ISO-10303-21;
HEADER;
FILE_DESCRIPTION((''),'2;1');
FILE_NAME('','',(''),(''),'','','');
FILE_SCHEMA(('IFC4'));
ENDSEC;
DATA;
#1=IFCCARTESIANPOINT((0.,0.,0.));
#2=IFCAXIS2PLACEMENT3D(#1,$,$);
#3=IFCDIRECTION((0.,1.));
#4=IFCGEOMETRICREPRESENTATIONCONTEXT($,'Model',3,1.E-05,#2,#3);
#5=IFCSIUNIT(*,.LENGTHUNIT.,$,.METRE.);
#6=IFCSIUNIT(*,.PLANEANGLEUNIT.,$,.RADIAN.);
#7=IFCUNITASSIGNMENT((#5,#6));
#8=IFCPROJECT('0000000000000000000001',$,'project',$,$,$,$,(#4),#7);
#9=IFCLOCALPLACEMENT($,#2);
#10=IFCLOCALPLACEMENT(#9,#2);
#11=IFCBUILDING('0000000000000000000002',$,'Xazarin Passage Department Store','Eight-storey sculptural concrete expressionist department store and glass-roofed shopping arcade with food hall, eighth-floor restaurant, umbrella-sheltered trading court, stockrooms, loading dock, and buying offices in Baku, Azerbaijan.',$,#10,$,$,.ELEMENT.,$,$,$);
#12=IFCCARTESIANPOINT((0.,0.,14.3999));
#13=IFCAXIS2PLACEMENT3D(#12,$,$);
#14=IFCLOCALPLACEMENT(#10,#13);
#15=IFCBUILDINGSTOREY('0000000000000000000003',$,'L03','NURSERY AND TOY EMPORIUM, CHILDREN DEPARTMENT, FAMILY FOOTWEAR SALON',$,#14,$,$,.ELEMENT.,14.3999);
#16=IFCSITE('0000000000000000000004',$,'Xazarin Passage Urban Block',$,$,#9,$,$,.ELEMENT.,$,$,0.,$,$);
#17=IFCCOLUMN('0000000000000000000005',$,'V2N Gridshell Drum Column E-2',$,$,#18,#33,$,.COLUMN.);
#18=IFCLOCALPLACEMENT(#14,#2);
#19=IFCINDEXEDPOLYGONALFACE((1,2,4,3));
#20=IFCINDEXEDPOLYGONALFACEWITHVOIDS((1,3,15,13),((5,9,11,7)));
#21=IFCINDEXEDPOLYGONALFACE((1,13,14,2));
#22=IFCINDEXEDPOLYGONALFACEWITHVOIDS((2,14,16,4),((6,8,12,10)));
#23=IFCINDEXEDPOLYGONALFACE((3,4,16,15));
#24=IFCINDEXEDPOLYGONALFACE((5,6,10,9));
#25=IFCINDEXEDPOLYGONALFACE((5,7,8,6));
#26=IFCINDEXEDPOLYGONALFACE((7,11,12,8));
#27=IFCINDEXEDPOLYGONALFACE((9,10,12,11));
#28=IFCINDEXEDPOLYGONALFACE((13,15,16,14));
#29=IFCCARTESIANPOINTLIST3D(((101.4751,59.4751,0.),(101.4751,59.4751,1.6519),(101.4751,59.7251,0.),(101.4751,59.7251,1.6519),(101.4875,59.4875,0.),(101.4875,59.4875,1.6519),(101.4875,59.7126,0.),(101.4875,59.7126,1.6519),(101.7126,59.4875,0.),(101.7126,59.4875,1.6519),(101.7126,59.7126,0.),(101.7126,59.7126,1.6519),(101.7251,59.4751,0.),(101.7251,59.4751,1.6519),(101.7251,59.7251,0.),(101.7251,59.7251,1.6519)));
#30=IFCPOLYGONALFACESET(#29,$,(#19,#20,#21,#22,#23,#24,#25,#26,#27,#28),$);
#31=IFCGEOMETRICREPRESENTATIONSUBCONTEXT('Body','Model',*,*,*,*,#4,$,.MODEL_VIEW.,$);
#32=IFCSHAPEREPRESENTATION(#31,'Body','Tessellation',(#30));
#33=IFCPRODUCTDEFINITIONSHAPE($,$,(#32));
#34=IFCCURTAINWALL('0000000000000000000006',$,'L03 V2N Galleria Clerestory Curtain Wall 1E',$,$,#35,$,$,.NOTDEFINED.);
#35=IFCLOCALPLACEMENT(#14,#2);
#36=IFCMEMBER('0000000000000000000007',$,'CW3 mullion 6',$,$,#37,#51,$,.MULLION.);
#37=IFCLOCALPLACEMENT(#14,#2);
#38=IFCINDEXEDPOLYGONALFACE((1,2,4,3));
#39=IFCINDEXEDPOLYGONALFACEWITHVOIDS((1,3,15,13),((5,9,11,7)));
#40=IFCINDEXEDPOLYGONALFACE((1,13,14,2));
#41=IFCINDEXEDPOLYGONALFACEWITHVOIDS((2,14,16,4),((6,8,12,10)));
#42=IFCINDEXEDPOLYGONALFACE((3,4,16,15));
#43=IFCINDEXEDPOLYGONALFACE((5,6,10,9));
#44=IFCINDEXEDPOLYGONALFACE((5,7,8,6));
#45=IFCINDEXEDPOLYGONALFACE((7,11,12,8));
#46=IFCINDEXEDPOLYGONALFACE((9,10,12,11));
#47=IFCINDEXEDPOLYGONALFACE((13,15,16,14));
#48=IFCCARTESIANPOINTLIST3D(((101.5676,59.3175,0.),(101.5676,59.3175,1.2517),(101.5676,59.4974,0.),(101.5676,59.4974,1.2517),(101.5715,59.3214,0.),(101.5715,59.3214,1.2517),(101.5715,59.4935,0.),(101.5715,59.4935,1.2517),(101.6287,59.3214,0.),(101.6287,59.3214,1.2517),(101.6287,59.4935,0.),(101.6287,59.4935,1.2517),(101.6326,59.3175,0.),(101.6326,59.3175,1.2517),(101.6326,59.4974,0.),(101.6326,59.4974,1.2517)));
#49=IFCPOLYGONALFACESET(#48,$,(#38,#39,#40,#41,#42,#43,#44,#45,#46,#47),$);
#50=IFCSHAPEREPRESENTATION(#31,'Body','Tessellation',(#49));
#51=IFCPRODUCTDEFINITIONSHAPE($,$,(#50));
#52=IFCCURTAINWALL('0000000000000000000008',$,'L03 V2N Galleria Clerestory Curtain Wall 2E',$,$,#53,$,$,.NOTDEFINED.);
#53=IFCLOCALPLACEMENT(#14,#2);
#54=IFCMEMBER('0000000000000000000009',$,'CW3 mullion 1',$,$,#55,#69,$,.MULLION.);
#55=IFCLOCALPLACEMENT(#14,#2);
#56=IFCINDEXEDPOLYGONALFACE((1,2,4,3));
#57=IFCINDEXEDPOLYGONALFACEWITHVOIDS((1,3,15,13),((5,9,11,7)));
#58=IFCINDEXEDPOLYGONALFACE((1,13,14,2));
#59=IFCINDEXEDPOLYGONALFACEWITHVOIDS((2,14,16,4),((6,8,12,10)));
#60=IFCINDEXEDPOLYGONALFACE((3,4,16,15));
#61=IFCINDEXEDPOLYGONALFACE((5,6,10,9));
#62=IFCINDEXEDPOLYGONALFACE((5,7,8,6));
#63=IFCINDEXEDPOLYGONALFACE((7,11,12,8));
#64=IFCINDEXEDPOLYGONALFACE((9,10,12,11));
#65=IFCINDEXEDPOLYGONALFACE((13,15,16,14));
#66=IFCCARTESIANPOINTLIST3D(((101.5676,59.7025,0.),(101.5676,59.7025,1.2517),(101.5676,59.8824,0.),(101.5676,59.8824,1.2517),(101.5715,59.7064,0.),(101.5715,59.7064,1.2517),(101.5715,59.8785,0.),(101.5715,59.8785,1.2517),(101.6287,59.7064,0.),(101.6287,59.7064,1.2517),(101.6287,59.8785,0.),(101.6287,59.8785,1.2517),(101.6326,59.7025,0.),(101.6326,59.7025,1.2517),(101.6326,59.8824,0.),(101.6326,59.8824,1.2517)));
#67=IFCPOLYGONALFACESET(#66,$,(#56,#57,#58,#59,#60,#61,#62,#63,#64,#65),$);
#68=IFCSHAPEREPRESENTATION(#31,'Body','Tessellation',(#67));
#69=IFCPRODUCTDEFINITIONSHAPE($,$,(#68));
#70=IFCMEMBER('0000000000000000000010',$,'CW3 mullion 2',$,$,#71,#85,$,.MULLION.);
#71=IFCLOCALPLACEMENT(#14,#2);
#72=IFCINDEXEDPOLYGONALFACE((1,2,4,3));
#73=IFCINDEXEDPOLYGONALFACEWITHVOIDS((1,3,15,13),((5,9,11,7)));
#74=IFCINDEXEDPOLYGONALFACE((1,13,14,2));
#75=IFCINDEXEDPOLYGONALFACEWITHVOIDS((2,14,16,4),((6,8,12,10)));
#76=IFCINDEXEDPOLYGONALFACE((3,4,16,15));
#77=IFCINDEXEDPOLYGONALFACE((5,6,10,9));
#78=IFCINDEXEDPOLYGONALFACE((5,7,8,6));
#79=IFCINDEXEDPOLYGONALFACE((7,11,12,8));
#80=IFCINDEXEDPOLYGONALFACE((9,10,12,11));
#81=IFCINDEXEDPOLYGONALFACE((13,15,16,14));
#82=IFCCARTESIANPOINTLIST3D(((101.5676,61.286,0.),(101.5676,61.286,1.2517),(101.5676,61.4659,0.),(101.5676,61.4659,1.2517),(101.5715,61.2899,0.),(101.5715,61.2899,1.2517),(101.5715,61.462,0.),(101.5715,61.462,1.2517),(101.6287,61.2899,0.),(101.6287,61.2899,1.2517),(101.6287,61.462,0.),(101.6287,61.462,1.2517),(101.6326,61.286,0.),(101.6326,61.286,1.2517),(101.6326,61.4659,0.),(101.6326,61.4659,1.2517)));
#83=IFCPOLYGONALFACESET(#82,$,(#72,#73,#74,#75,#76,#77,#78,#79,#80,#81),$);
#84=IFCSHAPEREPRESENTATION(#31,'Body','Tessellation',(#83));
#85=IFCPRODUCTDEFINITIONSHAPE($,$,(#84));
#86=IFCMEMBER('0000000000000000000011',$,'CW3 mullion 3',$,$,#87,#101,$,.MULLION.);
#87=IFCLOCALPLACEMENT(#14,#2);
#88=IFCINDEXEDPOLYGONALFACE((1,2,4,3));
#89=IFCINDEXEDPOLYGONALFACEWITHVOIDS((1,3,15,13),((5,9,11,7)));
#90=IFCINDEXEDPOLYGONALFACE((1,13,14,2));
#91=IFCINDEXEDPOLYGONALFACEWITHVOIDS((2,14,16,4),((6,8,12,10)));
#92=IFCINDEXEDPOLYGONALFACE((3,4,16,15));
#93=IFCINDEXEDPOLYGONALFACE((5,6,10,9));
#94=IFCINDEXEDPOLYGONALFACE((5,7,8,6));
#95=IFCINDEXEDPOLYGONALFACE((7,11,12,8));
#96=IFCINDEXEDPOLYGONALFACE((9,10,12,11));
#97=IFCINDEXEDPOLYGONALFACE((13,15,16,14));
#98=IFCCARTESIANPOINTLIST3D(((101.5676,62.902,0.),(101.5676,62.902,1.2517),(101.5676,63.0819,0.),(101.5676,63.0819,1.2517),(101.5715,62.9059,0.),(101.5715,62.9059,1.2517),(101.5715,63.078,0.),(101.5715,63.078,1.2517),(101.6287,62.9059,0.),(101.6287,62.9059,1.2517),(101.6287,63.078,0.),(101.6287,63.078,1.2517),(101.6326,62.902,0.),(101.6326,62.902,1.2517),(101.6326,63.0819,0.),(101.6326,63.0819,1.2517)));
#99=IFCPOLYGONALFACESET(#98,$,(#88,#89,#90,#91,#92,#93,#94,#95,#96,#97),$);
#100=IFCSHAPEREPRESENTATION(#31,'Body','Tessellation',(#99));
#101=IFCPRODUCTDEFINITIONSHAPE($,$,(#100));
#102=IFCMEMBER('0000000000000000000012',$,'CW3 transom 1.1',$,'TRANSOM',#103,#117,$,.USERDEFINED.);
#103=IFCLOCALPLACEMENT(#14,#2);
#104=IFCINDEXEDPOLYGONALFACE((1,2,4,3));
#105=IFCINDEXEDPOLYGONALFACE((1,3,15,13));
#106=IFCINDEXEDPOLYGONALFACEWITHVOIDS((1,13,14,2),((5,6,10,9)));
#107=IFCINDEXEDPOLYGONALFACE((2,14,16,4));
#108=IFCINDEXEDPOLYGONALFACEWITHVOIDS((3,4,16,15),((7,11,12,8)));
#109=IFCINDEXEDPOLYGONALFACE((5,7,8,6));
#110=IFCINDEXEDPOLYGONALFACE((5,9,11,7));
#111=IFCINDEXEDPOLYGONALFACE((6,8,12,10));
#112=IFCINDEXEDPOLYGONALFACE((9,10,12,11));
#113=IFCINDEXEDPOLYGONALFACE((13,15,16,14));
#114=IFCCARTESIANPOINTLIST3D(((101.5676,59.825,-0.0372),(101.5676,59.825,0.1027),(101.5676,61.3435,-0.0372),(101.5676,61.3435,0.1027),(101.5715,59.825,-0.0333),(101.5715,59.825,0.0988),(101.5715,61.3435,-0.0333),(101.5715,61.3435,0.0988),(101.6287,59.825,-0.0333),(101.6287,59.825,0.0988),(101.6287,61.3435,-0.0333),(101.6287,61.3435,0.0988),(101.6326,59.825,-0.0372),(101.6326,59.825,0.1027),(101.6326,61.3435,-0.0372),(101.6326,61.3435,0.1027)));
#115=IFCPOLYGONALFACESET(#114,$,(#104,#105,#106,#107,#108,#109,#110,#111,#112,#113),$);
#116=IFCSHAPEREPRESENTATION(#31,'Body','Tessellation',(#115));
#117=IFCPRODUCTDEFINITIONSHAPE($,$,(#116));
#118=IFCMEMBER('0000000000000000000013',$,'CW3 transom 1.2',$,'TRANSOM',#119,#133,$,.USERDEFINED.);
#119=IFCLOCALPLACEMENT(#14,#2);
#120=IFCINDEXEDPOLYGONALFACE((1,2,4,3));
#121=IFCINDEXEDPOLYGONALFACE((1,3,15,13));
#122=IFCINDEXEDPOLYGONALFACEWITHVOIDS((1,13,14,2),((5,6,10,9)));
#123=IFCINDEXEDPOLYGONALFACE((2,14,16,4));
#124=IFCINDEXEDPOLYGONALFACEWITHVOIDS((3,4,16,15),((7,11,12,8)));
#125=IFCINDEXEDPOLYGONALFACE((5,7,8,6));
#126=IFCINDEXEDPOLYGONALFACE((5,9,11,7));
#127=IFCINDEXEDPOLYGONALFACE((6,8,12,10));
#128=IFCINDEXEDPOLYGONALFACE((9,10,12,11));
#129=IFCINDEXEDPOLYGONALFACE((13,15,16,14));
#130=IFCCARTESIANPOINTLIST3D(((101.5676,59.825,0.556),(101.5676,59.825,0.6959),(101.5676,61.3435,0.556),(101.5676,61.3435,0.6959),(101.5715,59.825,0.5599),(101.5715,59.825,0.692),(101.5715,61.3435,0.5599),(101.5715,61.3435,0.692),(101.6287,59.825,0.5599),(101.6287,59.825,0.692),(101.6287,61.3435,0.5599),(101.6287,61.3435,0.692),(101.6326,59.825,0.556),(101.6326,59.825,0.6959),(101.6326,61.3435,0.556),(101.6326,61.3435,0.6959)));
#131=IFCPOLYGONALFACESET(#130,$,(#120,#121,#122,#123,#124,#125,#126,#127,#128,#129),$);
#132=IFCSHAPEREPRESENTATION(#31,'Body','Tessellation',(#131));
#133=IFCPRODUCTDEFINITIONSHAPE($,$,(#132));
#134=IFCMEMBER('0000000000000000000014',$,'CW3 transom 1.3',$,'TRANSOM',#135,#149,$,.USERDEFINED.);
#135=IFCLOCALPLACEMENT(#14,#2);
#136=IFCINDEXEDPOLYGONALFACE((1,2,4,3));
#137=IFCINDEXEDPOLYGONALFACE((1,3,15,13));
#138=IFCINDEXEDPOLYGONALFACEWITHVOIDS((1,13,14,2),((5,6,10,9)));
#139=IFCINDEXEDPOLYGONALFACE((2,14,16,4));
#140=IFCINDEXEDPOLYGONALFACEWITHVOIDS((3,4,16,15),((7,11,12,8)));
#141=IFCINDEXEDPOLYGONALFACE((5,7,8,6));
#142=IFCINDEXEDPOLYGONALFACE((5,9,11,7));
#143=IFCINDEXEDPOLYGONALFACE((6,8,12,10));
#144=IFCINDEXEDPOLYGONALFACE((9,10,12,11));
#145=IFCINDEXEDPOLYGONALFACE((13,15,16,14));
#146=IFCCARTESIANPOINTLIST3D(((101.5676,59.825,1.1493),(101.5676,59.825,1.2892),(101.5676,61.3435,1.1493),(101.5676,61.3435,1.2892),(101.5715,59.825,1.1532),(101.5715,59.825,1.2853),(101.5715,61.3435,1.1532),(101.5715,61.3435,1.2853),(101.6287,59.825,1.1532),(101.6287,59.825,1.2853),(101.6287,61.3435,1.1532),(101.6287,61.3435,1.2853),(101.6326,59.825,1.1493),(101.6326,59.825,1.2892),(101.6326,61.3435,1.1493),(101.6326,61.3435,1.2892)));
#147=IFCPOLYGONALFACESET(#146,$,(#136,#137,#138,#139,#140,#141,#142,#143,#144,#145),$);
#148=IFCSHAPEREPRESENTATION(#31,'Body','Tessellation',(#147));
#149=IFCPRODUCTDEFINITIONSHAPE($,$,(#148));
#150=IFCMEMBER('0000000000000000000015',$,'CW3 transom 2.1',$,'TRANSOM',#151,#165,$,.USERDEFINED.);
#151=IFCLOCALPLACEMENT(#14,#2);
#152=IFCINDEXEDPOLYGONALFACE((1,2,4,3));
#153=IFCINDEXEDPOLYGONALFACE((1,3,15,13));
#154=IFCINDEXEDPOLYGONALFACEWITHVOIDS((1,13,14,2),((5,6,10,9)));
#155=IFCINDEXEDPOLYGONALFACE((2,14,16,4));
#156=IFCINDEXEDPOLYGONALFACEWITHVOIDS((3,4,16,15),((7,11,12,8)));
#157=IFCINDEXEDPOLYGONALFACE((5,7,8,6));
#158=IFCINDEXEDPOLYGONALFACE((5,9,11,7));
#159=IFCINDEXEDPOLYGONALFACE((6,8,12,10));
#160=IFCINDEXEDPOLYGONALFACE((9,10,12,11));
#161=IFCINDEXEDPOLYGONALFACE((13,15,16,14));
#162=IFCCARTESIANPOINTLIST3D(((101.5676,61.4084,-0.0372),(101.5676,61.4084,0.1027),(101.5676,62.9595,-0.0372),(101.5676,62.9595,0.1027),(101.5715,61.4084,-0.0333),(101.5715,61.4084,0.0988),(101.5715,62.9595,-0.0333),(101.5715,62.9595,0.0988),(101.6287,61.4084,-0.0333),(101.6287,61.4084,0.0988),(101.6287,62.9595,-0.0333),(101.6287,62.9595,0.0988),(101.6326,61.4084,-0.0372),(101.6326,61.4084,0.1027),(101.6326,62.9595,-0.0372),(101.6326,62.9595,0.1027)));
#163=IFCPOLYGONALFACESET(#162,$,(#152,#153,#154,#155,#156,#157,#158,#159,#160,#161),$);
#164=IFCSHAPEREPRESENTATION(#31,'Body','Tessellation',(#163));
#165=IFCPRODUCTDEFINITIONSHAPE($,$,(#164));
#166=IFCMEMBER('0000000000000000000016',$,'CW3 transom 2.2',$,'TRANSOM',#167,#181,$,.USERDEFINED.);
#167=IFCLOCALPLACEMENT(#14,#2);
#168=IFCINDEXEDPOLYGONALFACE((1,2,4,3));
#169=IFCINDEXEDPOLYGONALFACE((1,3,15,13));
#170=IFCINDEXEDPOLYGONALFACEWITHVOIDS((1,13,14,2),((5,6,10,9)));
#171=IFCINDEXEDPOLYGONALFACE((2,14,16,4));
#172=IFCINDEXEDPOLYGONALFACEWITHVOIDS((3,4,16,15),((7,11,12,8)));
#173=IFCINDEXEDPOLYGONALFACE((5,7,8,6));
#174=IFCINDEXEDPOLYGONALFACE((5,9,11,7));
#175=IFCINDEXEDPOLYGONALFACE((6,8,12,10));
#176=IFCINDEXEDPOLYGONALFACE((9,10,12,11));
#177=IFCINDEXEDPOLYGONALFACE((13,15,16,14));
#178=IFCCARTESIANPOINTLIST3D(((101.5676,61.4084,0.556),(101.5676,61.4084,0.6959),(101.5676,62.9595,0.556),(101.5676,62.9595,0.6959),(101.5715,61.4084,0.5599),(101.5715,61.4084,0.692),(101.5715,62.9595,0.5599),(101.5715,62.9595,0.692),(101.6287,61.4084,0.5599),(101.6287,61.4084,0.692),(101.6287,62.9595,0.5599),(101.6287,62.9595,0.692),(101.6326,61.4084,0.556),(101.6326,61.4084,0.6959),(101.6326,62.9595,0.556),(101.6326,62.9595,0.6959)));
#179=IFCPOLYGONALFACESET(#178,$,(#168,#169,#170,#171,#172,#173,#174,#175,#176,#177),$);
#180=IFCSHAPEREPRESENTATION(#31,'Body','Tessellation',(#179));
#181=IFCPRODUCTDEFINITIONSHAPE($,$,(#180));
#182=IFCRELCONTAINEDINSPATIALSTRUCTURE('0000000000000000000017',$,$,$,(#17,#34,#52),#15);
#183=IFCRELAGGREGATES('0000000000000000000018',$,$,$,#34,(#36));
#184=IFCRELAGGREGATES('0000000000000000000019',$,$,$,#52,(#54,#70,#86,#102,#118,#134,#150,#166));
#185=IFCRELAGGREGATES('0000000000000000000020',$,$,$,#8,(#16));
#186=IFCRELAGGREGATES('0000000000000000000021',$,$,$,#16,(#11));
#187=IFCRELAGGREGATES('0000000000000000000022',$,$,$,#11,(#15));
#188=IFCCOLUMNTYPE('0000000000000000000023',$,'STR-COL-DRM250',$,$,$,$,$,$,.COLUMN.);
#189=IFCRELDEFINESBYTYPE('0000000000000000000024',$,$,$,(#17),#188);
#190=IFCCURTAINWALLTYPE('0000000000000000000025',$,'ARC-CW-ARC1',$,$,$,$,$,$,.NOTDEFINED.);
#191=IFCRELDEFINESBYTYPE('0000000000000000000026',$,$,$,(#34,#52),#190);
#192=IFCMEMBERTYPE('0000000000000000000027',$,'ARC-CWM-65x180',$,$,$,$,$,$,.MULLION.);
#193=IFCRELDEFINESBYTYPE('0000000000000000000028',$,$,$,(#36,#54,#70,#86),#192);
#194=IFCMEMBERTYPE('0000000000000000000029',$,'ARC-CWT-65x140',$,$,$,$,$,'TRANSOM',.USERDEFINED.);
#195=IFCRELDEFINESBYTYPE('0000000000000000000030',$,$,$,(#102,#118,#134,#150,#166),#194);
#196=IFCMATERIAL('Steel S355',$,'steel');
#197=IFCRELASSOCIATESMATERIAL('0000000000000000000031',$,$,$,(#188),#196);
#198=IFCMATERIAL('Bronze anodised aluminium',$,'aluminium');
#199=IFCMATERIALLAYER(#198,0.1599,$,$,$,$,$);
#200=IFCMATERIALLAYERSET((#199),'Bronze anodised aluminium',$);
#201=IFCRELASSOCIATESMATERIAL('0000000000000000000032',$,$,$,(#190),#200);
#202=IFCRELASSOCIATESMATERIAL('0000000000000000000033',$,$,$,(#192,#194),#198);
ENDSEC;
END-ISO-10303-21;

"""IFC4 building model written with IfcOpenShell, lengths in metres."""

from ifc_helpers import new_model, si_unit, direction, frame, origin, origin_2d, place, context, subcontext, project, spatial, hollow_rectangle, extrude, material, layer, layer_set, material_profile, profile_set, type_object, element, aggregate, save


model = new_model("IFC4")

# Units and contexts
model_context = context("Model", 3, precision=1e-05, world=origin(), true_north=direction((0.0, 1.0)))
body_context = subcontext(model_context, "Body", "Model", "MODEL_VIEW")
ifc_project = project(units=[si_unit("LENGTHUNIT", "METRE"), si_unit("PLANEANGLEUNIT", "RADIAN")], contexts=[model_context])

# Site, building, storey
site_placement = place(None, origin())
site = spatial("IfcSite", under=ifc_project, at=site_placement, Name="Xazarin Passage Urban Block", CompositionType="ELEMENT", RefElevation=0.0)
building_placement = place(site_placement, origin())
building = spatial("IfcBuilding", under=site, at=building_placement, Name="Xazarin Passage Department Store", Description="Eight-storey sculptural concrete expressionist department store and glass-roofed shopping arcade with food hall, eighth-floor restaurant, umbrella-sheltered trading court, stockrooms, loading dock, and buying offices in Baku, Azerbaijan.", CompositionType="ELEMENT")
storey_placement = place(building_placement, frame((0.0, 0.0, 14.3999)))
storey = spatial("IfcBuildingStorey", under=building, at=storey_placement, Name="L03", Description="NURSERY AND TOY EMPORIUM, CHILDREN DEPARTMENT, FAMILY FOOTWEAR SALON", CompositionType="ELEMENT", Elevation=14.3999)

# Column
ifc_material_1 = material(Name="Steel S355", Category="steel")
ifc_material_profile_1 = material_profile(ifc_material_1, hollow_rectangle(XDim=0.25, YDim=0.25, WallThickness=0.0125, at=origin_2d()), Name="SHS 250x250x12.5")
ifc_profile_set_1 = profile_set([ifc_material_profile_1], Name="Steel S355")
column_type = type_object("IfcColumnType", Name="STR-COL-DRM250", PredefinedType="COLUMN", material=ifc_profile_set_1)
column_placement = place(storey_placement, frame((101.6001, 59.6001, 0.0), z_axis=(0.0, 0.0, 1.0), x_axis=(1.0, 0.0, 0.0)))
element("IfcColumn", 1, at=column_placement, inside=storey, type_object=column_type, Name="V2N Gridshell Drum Column E-2", PredefinedType="COLUMN", context=body_context, shape_type="SweptSolid", body=[
    extrude(hollow_rectangle(XDim=0.25, YDim=0.25, WallThickness=0.0125, at=origin_2d()), origin(), (0.0, 0.0, 1.0), 1.6519),
])

# Curtain wall, member
ifc_material_2 = material(Name="Bronze anodised aluminium", Category="aluminium")
ifc_layer_1 = layer(ifc_material_2, 0.1599)
ifc_layer_set_1 = layer_set([ifc_layer_1], Name="Bronze anodised aluminium")
curtain_wall_type = type_object("IfcCurtainWallType", Name="ARC-CW-ARC1", PredefinedType="NOTDEFINED", material=ifc_layer_set_1)
curtain_wall_1_placement = place(storey_placement, origin())
curtain_wall_1 = element("IfcCurtainWall", 2, at=curtain_wall_1_placement, inside=storey, type_object=curtain_wall_type, Name="L03 V2N Galleria Clerestory Curtain Wall 1E", PredefinedType="NOTDEFINED")
ifc_material_profile_2 = material_profile(ifc_material_2, hollow_rectangle(XDim=0.0649, YDim=0.1799, WallThickness=0.0039, at=origin_2d()), Name="ALU 65x180")
ifc_profile_set_2 = profile_set([ifc_material_profile_2], Name="Bronze anodised aluminium")
member_type_1 = type_object("IfcMemberType", Name="ARC-CWM-65x180", PredefinedType="MULLION", material=ifc_profile_set_2)
member_1_placement = place(storey_placement, frame((101.6001, 59.4075, 0.0), z_axis=(0.0, 0.0, 1.0), x_axis=(-1.0, 0.0, 0.0)))
member_1 = element("IfcMember", 3, at=member_1_placement, type_object=member_type_1, Name="CW3 mullion 6", PredefinedType="MULLION", context=body_context, shape_type="SweptSolid", body=[
    extrude(hollow_rectangle(XDim=0.0649, YDim=0.1799, WallThickness=0.0039, at=origin_2d()), origin(), (0.0, 0.0, 1.0), 1.2517),
])

# Curtain wall, members
curtain_wall_2_placement = place(storey_placement, origin())
curtain_wall_2 = element("IfcCurtainWall", 4, at=curtain_wall_2_placement, inside=storey, type_object=curtain_wall_type, Name="L03 V2N Galleria Clerestory Curtain Wall 2E", PredefinedType="NOTDEFINED")
member_2_placement = place(storey_placement, frame((101.6001, 59.7925, 0.0), z_axis=(0.0, 0.0, 1.0), x_axis=(-1.0, 0.0, 0.0)))
member_2 = element("IfcMember", 5, at=member_2_placement, type_object=member_type_1, Name="CW3 mullion 1", PredefinedType="MULLION", context=body_context, shape_type="SweptSolid", body=[
    extrude(hollow_rectangle(XDim=0.0649, YDim=0.1799, WallThickness=0.0039, at=origin_2d()), origin(), (0.0, 0.0, 1.0), 1.2517),
])
member_3_placement = place(storey_placement, frame((101.6001, 61.376, 0.0), z_axis=(0.0, 0.0, 1.0), x_axis=(-1.0, 0.0, 0.0)))
member_3 = element("IfcMember", 6, at=member_3_placement, type_object=member_type_1, Name="CW3 mullion 2", PredefinedType="MULLION", context=body_context, shape_type="SweptSolid", body=[
    extrude(hollow_rectangle(XDim=0.0649, YDim=0.1799, WallThickness=0.0039, at=origin_2d()), origin(), (0.0, 0.0, 1.0), 1.2517),
])
member_4_placement = place(storey_placement, frame((101.6001, 62.9919, 0.0), z_axis=(0.0, 0.0, 1.0), x_axis=(-1.0, 0.0, 0.0)))
member_4 = element("IfcMember", 7, at=member_4_placement, type_object=member_type_1, Name="CW3 mullion 3", PredefinedType="MULLION", context=body_context, shape_type="SweptSolid", body=[
    extrude(hollow_rectangle(XDim=0.0649, YDim=0.1799, WallThickness=0.0039, at=origin_2d()), origin(), (0.0, 0.0, 1.0), 1.2517),
])
ifc_material_profile_3 = material_profile(ifc_material_2, hollow_rectangle(XDim=0.0649, YDim=0.1399, WallThickness=0.0039, at=origin_2d()), Name="ALU 65x140")
ifc_profile_set_3 = profile_set([ifc_material_profile_3], Name="Bronze anodised aluminium")
member_type_2 = type_object("IfcMemberType", Name="ARC-CWT-65x140", ElementType="TRANSOM", PredefinedType="USERDEFINED", material=ifc_profile_set_3)
member_5_placement = place(storey_placement, frame((101.6001, 59.825, 0.0327), z_axis=(0.0, 1.0, 0.0), x_axis=(-1.0, 0.0, 0.0)))
member_5 = element("IfcMember", 8, at=member_5_placement, type_object=member_type_2, Name="CW3 transom 1.1", ObjectType="TRANSOM", PredefinedType="USERDEFINED", context=body_context, shape_type="SweptSolid", body=[
    extrude(hollow_rectangle(XDim=0.0649, YDim=0.1399, WallThickness=0.0039, at=origin_2d()), origin(), (0.0, 0.0, 1.0), 1.5186),
])
member_6_placement = place(storey_placement, frame((101.6001, 59.825, 0.626), z_axis=(0.0, 1.0, 0.0), x_axis=(-1.0, 0.0, 0.0)))
member_6 = element("IfcMember", 9, at=member_6_placement, type_object=member_type_2, Name="CW3 transom 1.2", ObjectType="TRANSOM", PredefinedType="USERDEFINED", context=body_context, shape_type="SweptSolid", body=[
    extrude(hollow_rectangle(XDim=0.0649, YDim=0.1399, WallThickness=0.0039, at=origin_2d()), origin(), (0.0, 0.0, 1.0), 1.5186),
])
member_7_placement = place(storey_placement, frame((101.6001, 59.825, 1.2192), z_axis=(0.0, 1.0, 0.0), x_axis=(-1.0, 0.0, 0.0)))
member_7 = element("IfcMember", 10, at=member_7_placement, type_object=member_type_2, Name="CW3 transom 1.3", ObjectType="TRANSOM", PredefinedType="USERDEFINED", context=body_context, shape_type="SweptSolid", body=[
    extrude(hollow_rectangle(XDim=0.0649, YDim=0.1399, WallThickness=0.0039, at=origin_2d()), origin(), (0.0, 0.0, 1.0), 1.5186),
])
member_8_placement = place(storey_placement, frame((101.6001, 61.4084, 0.0327), z_axis=(0.0, 1.0, 0.0), x_axis=(-1.0, 0.0, 0.0)))
member_8 = element("IfcMember", 11, at=member_8_placement, type_object=member_type_2, Name="CW3 transom 2.1", ObjectType="TRANSOM", PredefinedType="USERDEFINED", context=body_context, shape_type="SweptSolid", body=[
    extrude(hollow_rectangle(XDim=0.0649, YDim=0.1399, WallThickness=0.0039, at=origin_2d()), origin(), (0.0, 0.0, 1.0), 1.551),
])
member_9_placement = place(storey_placement, frame((101.6001, 61.4084, 0.626), z_axis=(0.0, 1.0, 0.0), x_axis=(-1.0, 0.0, 0.0)))
member_9 = element("IfcMember", 12, at=member_9_placement, type_object=member_type_2, Name="CW3 transom 2.2", ObjectType="TRANSOM", PredefinedType="USERDEFINED", context=body_context, shape_type="SweptSolid", body=[
    extrude(hollow_rectangle(XDim=0.0649, YDim=0.1399, WallThickness=0.0039, at=origin_2d()), origin(), (0.0, 0.0, 1.0), 1.551),
])

aggregate(curtain_wall_1, [member_1])
aggregate(curtain_wall_2, [member_2, member_3, member_4, member_5, member_6, member_7, member_8, member_9])

save(model, "model.ifc")
